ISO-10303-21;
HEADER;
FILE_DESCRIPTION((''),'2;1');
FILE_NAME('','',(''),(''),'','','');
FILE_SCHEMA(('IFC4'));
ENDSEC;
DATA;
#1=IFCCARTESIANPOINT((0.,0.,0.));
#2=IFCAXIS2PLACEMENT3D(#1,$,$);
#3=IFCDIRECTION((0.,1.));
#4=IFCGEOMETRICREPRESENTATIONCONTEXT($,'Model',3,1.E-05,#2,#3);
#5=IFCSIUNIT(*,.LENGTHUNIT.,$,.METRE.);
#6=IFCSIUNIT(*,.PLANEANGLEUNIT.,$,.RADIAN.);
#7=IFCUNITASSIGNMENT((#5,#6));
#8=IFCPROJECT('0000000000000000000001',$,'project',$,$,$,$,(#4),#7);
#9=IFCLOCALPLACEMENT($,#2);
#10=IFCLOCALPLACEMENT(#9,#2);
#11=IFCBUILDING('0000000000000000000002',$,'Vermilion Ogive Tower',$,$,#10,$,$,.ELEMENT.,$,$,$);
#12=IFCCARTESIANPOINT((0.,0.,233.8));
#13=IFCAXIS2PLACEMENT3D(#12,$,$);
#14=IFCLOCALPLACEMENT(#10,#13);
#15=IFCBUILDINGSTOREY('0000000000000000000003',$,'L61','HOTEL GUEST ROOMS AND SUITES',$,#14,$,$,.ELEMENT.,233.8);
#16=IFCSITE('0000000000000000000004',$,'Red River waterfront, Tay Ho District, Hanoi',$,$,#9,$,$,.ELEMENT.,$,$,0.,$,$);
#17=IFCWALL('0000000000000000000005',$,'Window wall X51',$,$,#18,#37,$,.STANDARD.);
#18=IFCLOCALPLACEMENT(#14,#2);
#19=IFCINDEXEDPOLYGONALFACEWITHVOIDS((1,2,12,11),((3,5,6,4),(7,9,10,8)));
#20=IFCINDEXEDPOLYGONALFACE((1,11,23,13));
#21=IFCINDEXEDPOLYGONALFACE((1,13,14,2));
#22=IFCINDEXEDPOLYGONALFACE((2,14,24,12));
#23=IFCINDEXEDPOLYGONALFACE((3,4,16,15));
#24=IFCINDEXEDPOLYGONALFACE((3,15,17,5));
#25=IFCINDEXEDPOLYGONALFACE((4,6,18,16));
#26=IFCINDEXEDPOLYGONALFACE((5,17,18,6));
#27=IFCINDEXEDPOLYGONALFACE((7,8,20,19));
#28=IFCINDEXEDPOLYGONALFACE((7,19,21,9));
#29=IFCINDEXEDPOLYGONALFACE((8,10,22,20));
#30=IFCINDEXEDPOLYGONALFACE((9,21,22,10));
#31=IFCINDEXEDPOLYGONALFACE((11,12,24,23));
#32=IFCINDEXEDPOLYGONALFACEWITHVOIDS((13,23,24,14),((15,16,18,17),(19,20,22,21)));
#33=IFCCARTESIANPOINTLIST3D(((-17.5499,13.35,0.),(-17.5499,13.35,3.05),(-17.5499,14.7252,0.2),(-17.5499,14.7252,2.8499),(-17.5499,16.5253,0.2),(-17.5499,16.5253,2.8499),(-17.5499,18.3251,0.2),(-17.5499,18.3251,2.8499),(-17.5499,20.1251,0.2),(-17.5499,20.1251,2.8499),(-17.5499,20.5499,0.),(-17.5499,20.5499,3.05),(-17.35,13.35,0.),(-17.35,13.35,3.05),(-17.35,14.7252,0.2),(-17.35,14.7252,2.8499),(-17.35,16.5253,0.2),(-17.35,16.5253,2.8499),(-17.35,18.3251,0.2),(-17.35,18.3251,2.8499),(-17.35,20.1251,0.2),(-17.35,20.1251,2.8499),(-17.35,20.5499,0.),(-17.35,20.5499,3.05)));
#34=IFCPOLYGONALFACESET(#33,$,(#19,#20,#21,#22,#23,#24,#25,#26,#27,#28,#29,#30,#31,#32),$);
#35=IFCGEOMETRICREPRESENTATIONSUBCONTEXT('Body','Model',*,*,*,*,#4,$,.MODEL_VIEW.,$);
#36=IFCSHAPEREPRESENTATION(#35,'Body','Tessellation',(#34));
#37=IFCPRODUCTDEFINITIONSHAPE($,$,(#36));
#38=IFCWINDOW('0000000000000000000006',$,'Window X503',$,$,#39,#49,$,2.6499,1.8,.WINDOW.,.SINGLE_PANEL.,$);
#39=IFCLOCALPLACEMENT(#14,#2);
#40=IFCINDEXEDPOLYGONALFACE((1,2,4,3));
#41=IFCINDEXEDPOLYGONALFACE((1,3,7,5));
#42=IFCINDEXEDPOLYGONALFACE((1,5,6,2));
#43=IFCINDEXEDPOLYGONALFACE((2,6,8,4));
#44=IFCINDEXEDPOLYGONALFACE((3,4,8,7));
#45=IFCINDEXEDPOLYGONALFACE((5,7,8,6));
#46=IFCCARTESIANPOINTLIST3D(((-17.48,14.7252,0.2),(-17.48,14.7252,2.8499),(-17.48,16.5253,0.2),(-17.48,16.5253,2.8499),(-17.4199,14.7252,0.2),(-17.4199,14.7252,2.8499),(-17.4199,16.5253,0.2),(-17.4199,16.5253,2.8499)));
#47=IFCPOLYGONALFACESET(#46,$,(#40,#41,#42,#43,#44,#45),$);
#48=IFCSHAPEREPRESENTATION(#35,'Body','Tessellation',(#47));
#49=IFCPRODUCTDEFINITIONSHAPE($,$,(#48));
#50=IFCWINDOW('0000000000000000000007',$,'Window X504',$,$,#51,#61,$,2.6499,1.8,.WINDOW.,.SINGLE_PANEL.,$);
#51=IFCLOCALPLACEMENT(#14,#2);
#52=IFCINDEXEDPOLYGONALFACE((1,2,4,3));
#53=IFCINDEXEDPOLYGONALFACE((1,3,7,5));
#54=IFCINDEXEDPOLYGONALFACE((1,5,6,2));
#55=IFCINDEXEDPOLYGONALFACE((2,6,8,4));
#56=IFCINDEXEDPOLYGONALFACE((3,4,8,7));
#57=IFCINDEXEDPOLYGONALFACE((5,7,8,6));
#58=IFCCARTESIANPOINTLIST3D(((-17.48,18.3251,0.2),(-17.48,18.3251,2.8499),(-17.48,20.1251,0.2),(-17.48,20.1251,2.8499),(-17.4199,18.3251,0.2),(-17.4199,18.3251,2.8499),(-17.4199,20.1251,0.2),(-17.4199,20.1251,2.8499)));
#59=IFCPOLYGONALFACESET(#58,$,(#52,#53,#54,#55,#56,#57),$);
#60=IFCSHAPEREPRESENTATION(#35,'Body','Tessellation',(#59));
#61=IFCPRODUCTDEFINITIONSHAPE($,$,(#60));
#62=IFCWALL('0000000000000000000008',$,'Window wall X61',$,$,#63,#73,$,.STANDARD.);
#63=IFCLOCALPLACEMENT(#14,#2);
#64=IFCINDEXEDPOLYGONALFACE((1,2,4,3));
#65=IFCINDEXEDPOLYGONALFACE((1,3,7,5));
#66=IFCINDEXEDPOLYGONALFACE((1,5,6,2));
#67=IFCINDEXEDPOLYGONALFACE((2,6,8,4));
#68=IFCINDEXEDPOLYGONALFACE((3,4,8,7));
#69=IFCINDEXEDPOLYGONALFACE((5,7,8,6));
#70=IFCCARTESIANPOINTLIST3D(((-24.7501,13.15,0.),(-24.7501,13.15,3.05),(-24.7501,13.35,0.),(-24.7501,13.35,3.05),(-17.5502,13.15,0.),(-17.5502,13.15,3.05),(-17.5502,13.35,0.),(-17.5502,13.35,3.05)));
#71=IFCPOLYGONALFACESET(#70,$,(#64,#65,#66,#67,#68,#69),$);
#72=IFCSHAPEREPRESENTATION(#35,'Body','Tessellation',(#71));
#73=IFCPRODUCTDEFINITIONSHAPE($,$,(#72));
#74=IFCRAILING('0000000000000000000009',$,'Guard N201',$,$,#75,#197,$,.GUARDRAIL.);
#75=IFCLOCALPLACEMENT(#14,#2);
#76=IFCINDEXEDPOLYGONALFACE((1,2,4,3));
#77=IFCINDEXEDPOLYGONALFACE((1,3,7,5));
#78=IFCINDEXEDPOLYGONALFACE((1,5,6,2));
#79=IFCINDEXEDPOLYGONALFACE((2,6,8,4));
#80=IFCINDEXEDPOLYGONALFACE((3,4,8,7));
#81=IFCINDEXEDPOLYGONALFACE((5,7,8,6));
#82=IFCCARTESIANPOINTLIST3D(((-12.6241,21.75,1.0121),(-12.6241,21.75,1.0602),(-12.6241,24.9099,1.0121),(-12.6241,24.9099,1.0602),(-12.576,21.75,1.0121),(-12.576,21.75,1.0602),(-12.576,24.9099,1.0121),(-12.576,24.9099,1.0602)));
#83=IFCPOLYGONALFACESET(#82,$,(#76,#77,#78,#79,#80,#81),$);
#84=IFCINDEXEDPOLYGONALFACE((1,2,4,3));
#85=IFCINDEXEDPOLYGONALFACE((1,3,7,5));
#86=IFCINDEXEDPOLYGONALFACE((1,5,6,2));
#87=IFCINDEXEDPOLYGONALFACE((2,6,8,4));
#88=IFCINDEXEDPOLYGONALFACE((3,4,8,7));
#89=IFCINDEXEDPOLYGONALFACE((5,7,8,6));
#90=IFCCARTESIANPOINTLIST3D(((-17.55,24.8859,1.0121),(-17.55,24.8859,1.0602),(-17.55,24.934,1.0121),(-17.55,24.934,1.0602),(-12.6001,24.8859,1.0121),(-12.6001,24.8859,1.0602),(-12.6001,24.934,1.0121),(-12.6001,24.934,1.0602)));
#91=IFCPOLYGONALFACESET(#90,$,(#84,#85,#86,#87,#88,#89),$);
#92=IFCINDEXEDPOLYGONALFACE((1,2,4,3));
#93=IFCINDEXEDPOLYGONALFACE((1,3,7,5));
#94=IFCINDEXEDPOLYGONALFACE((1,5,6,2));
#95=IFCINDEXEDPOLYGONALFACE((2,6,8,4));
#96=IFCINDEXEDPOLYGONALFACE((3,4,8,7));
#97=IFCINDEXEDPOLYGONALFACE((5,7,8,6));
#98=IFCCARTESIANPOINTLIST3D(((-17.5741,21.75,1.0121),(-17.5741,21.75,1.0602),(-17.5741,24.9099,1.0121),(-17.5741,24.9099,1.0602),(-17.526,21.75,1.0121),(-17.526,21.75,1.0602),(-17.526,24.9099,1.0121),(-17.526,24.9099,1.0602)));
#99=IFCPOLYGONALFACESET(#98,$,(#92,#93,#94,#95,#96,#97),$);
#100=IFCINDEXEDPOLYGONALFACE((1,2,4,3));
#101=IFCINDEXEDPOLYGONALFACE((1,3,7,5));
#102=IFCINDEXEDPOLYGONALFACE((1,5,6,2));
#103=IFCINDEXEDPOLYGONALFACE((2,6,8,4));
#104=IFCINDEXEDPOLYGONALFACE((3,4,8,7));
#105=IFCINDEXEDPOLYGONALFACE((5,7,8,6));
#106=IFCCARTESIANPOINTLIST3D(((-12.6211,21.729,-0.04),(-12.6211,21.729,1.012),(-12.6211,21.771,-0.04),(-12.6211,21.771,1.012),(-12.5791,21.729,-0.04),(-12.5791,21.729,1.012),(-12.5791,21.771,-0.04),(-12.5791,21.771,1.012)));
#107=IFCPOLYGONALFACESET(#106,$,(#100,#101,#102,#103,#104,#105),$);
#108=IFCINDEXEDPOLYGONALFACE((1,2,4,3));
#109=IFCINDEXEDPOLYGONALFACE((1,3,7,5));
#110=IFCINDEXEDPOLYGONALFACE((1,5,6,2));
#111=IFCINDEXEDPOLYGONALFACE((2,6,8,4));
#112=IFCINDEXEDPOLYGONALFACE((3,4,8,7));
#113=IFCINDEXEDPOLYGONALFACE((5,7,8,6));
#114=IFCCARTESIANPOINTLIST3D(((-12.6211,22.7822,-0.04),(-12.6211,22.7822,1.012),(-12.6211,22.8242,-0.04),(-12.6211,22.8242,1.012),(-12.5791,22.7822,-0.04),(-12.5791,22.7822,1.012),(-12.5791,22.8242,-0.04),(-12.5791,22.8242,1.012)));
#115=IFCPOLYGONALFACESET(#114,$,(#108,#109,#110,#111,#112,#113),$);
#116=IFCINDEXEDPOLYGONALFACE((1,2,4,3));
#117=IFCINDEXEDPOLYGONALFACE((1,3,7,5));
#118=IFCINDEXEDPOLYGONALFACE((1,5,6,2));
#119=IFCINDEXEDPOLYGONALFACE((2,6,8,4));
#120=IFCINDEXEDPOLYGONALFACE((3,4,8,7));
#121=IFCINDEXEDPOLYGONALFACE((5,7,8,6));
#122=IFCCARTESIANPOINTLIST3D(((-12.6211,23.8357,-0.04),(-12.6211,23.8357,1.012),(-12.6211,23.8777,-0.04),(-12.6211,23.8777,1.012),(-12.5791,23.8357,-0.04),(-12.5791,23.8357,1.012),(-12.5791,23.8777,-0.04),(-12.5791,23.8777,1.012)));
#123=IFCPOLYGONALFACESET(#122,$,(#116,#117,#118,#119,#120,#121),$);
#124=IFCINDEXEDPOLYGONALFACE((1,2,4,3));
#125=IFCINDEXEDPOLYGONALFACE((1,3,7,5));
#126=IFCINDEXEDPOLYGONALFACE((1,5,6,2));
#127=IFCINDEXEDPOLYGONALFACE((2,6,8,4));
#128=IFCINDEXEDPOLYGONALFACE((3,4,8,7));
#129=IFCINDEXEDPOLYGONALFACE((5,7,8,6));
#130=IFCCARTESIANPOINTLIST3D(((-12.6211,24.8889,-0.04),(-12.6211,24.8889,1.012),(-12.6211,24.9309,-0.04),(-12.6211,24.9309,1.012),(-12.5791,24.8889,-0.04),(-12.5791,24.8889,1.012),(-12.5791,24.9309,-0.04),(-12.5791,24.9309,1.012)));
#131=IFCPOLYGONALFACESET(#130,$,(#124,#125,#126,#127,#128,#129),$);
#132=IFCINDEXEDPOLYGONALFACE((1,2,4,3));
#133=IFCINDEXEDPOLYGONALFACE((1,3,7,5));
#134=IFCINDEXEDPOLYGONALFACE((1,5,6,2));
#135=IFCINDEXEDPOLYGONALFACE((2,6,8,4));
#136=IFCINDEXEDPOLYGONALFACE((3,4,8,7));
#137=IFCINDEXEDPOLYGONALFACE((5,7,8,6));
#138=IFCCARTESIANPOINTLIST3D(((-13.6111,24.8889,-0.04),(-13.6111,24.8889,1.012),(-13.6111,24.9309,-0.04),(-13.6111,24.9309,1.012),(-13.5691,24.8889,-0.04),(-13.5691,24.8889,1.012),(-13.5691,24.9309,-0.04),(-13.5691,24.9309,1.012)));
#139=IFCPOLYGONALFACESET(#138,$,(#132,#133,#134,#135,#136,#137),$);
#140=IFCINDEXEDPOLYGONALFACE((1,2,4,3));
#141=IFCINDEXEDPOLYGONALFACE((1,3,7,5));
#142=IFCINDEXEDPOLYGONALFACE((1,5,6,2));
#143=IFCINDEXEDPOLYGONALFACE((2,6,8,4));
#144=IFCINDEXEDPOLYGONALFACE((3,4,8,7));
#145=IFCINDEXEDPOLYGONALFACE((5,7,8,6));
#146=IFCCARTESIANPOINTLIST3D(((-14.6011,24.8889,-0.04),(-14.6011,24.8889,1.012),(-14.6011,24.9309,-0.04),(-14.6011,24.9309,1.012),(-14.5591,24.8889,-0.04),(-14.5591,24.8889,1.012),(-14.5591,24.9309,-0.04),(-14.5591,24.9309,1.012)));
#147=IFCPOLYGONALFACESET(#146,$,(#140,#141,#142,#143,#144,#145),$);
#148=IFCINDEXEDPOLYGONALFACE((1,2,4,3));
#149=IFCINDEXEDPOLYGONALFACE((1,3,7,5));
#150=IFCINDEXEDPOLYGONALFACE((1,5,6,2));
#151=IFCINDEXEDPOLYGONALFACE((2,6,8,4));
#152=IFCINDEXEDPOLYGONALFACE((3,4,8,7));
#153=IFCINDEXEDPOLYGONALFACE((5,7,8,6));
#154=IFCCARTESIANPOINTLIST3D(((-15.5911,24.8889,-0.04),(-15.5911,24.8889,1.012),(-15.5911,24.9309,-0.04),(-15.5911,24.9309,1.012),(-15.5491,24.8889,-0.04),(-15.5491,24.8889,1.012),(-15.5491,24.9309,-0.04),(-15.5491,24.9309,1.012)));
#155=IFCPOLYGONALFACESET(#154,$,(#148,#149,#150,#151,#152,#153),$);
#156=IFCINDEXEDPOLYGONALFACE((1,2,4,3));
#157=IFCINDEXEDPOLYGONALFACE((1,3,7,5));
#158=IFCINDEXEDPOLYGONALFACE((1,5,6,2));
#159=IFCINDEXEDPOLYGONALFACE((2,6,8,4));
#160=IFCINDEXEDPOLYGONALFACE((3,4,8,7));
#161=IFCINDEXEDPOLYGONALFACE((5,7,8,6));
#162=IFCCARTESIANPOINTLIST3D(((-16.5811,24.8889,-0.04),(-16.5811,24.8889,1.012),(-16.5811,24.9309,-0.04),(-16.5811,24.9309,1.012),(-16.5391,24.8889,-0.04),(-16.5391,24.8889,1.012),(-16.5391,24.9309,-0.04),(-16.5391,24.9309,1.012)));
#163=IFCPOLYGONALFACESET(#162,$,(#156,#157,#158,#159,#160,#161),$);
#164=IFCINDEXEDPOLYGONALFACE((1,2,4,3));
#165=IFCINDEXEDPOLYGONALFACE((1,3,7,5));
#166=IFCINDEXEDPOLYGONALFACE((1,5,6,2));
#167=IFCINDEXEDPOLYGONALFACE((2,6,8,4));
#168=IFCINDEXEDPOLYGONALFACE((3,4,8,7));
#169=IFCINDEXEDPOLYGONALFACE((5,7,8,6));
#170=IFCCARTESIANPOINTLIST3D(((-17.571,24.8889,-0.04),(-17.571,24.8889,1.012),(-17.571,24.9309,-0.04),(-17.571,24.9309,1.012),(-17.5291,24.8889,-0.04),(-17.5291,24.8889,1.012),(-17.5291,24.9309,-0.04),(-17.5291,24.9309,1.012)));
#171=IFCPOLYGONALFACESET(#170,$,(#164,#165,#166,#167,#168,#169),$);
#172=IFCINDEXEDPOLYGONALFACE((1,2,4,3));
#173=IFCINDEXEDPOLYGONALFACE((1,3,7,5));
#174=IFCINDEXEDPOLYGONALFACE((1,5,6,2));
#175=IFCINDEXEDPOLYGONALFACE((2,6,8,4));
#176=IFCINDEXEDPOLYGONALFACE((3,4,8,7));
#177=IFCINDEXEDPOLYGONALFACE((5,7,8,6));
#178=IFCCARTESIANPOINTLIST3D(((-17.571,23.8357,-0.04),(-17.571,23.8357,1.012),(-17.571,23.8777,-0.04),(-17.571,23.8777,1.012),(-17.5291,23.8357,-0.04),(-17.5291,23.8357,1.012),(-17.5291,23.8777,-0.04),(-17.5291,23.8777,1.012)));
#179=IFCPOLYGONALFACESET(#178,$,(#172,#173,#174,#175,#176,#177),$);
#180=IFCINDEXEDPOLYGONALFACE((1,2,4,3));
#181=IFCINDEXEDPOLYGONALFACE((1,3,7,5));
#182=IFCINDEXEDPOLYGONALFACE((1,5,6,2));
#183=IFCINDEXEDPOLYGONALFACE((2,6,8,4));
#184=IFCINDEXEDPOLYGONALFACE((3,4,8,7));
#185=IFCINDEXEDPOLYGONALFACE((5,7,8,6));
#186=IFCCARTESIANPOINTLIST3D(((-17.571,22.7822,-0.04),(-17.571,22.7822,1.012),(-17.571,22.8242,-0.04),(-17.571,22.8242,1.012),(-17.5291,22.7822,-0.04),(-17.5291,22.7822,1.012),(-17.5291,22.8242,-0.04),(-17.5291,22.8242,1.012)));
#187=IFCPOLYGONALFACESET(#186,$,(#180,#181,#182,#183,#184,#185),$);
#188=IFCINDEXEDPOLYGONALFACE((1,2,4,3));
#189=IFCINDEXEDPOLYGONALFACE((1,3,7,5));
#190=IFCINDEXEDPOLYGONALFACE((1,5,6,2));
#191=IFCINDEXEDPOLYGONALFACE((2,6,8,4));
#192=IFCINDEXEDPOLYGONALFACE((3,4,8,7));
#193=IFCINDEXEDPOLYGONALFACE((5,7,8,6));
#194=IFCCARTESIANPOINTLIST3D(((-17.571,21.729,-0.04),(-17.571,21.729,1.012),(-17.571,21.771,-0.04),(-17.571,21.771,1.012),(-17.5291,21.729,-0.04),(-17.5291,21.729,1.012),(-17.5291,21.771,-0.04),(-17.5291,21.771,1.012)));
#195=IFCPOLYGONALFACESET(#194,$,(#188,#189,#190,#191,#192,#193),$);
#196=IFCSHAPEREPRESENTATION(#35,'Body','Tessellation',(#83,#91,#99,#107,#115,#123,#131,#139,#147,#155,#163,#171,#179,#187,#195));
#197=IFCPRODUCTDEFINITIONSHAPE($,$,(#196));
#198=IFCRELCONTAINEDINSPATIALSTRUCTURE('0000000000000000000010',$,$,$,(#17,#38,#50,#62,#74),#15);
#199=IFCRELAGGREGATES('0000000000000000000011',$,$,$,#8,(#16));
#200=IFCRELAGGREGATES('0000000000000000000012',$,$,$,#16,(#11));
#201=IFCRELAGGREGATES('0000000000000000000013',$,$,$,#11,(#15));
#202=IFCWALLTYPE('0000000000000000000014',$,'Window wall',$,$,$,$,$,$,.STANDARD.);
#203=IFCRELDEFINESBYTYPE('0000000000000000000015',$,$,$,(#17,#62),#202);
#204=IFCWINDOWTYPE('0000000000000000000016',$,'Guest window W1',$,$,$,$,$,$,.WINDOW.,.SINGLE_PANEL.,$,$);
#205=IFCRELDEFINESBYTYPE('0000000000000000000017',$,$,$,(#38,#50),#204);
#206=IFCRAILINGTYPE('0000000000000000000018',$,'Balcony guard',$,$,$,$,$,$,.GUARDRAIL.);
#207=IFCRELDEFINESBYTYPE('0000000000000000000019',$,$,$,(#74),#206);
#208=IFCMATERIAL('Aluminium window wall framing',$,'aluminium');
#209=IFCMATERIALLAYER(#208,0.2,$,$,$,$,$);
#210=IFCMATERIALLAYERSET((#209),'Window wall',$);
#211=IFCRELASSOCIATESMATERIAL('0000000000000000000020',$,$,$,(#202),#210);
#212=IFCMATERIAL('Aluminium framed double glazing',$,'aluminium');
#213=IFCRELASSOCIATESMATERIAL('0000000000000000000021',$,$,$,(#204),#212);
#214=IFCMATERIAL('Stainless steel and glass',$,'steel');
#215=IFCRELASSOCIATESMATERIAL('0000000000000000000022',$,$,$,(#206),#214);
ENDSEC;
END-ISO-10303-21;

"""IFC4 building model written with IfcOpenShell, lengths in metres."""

from ifc_helpers import new_model, si_unit, direction, frame, frame_2d, origin, origin_2d, place, context, subcontext, project, spatial, rectangle, extrude, material, layer, layer_set, type_object, element, fill, save


model = new_model("IFC4")

# Units and contexts
model_context = context("Model", 3, precision=1e-05, world=origin(), true_north=direction((0.0, 1.0)))
body_context = subcontext(model_context, "Body", "Model", "MODEL_VIEW")
ifc_project = project(units=[si_unit("LENGTHUNIT", "METRE"), si_unit("PLANEANGLEUNIT", "RADIAN")], contexts=[model_context])

# Site, building, storey
site_placement = place(None, origin())
site = spatial("IfcSite", under=ifc_project, at=site_placement, Name="Red River waterfront, Tay Ho District, Hanoi", CompositionType="ELEMENT", RefElevation=0.0)
building_placement = place(site_placement, origin())
building = spatial("IfcBuilding", under=site, at=building_placement, Name="Vermilion Ogive Tower", CompositionType="ELEMENT")
storey_placement = place(building_placement, frame((0.0, 0.0, 233.8)))
storey = spatial("IfcBuildingStorey", under=building, at=storey_placement, Name="L61", Description="HOTEL GUEST ROOMS AND SUITES", CompositionType="ELEMENT", Elevation=233.8)

# Shared definitions
ifc_material_1 = material(Name="Aluminium window wall framing", Category="aluminium")
ifc_layer_1 = layer(ifc_material_1, 0.2)
ifc_layer_set_1 = layer_set([ifc_layer_1], Name="Window wall")
wall_type_1 = type_object("IfcWallType", Name="Window wall", PredefinedType="STANDARD", material=ifc_layer_set_1)
ifc_material_2 = material(Name="Aluminium framed double glazing", Category="aluminium")
window_type = type_object("IfcWindowType", Name="Guest window W1", PartitioningType="SINGLE_PANEL", PredefinedType="WINDOW", material=ifc_material_2)

# Wall, openings, windows
wall_1_placement = place(storey_placement, frame((-17.45, 20.55, 0.0), z_axis=(0.0, 0.0, 1.0), x_axis=(0.0, -1.0, 0.0)))
wall_1 = element("IfcWall", 1, at=wall_1_placement, inside=storey, type_object=wall_type_1, Name="Window wall X51", PredefinedType="STANDARD", context=body_context, shape_type="SweptSolid", body=[
    extrude(rectangle(XDim=7.2, YDim=0.2, at=frame_2d((3.6001, 0.0))), origin(), (0.0, 0.0, 1.0), 3.05),
])
opening_1_placement = place(wall_1_placement, frame((4.0249, 0.0, 0.2)))
opening_1 = element("IfcOpeningElement", 2, at=opening_1_placement, cuts=wall_1, PredefinedType="OPENING", context=body_context, shape_type="SweptSolid", body=[
    extrude(rectangle(XDim=1.8, YDim=2.6499, at=frame_2d((0.8999, 1.325))), frame((0.0, 0.1099, 0.0), z_axis=(0.0, -1.0, 0.0), x_axis=(1.0, 0.0, 0.0)), (0.0, 0.0, 1.0), 0.22),
])
opening_2_placement = place(wall_1_placement, frame((0.425, 0.0, 0.2)))
opening_2 = element("IfcOpeningElement", 3, at=opening_2_placement, cuts=wall_1, PredefinedType="OPENING", context=body_context, shape_type="SweptSolid", body=[
    extrude(rectangle(XDim=1.8, YDim=2.6499, at=frame_2d((0.8999, 1.325))), frame((0.0, 0.1099, 0.0), z_axis=(0.0, -1.0, 0.0), x_axis=(1.0, 0.0, 0.0)), (0.0, 0.0, 1.0), 0.22),
])
window_1_placement = place(opening_1_placement, origin())
window_1 = element("IfcWindow", 4, at=window_1_placement, inside=storey, type_object=window_type, Name="Window X503", OverallHeight=2.6499, OverallWidth=1.8, PartitioningType="SINGLE_PANEL", PredefinedType="WINDOW", context=body_context, shape_type="SweptSolid", body=[
    extrude(rectangle(XDim=1.8, YDim=2.6499, at=frame_2d((0.8999, 1.325))), frame((0.0, 0.03, 0.0), z_axis=(0.0, -1.0, 0.0), x_axis=(1.0, 0.0, 0.0)), (0.0, 0.0, 1.0), 0.0601),
])
fill(opening_1, window_1)
window_2_placement = place(opening_2_placement, origin())
window_2 = element("IfcWindow", 5, at=window_2_placement, inside=storey, type_object=window_type, Name="Window X504", OverallHeight=2.6499, OverallWidth=1.8, PartitioningType="SINGLE_PANEL", PredefinedType="WINDOW", context=body_context, shape_type="SweptSolid", body=[
    extrude(rectangle(XDim=1.8, YDim=2.6499, at=frame_2d((0.8999, 1.325))), frame((0.0, 0.03, 0.0), z_axis=(0.0, -1.0, 0.0), x_axis=(1.0, 0.0, 0.0)), (0.0, 0.0, 1.0), 0.0601),
])
fill(opening_2, window_2)

# Wall
wall_2_placement = place(storey_placement, frame((-17.55, 13.25, 0.0), z_axis=(0.0, 0.0, 1.0), x_axis=(-1.0, 0.0, 0.0)))
element("IfcWall", 6, at=wall_2_placement, inside=storey, type_object=wall_type_1, Name="Window wall X61", PredefinedType="STANDARD", context=body_context, shape_type="SweptSolid", body=[
    extrude(rectangle(XDim=7.2, YDim=0.2, at=frame_2d((3.6001, 0.0))), origin(), (0.0, 0.0, 1.0), 3.05),
])

# Railing
ifc_material_3 = material(Name="Stainless steel and glass", Category="steel")
railing_type_1 = type_object("IfcRailingType", Name="Balcony guard", PredefinedType="GUARDRAIL", material=ifc_material_3)
railing_1_placement = place(storey_placement, frame((-12.6001, 21.75, -0.04)))
element("IfcRailing", 7, at=railing_1_placement, inside=storey, type_object=railing_type_1, Name="Guard N201", PredefinedType="GUARDRAIL", context=body_context, shape_type="SweptSolid", body=[
    extrude(rectangle(XDim=0.0481, YDim=0.0481, at=origin_2d()), frame((0.0, 0.0, 1.0762), z_axis=(0.0, 1.0, 0.0), x_axis=(-1.0, 0.0, 0.0)), (0.0, 0.0, 1.0), 3.1599),
    extrude(rectangle(XDim=0.0481, YDim=0.0481, at=origin_2d()), frame((0.0, 3.1599, 1.0762), z_axis=(-1.0, 0.0, 0.0), x_axis=(0.0, -1.0, 0.0)), (0.0, 0.0, 1.0), 4.95),
    extrude(rectangle(XDim=0.0481, YDim=0.0481, at=origin_2d()), frame((-4.95, 3.1599, 1.0762), z_axis=(0.0, -1.0, 0.0), x_axis=(1.0, 0.0, 0.0)), (0.0, 0.0, 1.0), 3.1599),
    extrude(rectangle(XDim=0.042, YDim=0.042, at=origin_2d()), origin(), (0.0, 0.0, 1.0), 1.052),
    extrude(rectangle(XDim=0.042, YDim=0.042, at=origin_2d()), frame((0.0, 1.0532, 0.0)), (0.0, 0.0, 1.0), 1.052),
    extrude(rectangle(XDim=0.042, YDim=0.042, at=origin_2d()), frame((0.0, 2.1067, 0.0)), (0.0, 0.0, 1.0), 1.052),
    extrude(rectangle(XDim=0.042, YDim=0.042, at=origin_2d()), frame((0.0, 3.1599, 0.0)), (0.0, 0.0, 1.0), 1.052),
    extrude(rectangle(XDim=0.042, YDim=0.042, at=origin_2d()), frame((-0.99, 3.1599, 0.0)), (0.0, 0.0, 1.0), 1.052),
    extrude(rectangle(XDim=0.042, YDim=0.042, at=origin_2d()), frame((-1.98, 3.1599, 0.0)), (0.0, 0.0, 1.0), 1.052),
    extrude(rectangle(XDim=0.042, YDim=0.042, at=origin_2d()), frame((-2.97, 3.1599, 0.0)), (0.0, 0.0, 1.0), 1.052),
    extrude(rectangle(XDim=0.042, YDim=0.042, at=origin_2d()), frame((-3.96, 3.1599, 0.0)), (0.0, 0.0, 1.0), 1.052),
    extrude(rectangle(XDim=0.042, YDim=0.042, at=origin_2d()), frame((-4.95, 3.1599, 0.0)), (0.0, 0.0, 1.0), 1.052),
    extrude(rectangle(XDim=0.042, YDim=0.042, at=origin_2d()), frame((-4.95, 2.1067, 0.0)), (0.0, 0.0, 1.0), 1.052),
    extrude(rectangle(XDim=0.042, YDim=0.042, at=origin_2d()), frame((-4.95, 1.0532, 0.0)), (0.0, 0.0, 1.0), 1.052),
    extrude(rectangle(XDim=0.042, YDim=0.042, at=origin_2d()), frame((-4.95, 0.0, 0.0)), (0.0, 0.0, 1.0), 1.052),
])

save(model, "model.ifc")
